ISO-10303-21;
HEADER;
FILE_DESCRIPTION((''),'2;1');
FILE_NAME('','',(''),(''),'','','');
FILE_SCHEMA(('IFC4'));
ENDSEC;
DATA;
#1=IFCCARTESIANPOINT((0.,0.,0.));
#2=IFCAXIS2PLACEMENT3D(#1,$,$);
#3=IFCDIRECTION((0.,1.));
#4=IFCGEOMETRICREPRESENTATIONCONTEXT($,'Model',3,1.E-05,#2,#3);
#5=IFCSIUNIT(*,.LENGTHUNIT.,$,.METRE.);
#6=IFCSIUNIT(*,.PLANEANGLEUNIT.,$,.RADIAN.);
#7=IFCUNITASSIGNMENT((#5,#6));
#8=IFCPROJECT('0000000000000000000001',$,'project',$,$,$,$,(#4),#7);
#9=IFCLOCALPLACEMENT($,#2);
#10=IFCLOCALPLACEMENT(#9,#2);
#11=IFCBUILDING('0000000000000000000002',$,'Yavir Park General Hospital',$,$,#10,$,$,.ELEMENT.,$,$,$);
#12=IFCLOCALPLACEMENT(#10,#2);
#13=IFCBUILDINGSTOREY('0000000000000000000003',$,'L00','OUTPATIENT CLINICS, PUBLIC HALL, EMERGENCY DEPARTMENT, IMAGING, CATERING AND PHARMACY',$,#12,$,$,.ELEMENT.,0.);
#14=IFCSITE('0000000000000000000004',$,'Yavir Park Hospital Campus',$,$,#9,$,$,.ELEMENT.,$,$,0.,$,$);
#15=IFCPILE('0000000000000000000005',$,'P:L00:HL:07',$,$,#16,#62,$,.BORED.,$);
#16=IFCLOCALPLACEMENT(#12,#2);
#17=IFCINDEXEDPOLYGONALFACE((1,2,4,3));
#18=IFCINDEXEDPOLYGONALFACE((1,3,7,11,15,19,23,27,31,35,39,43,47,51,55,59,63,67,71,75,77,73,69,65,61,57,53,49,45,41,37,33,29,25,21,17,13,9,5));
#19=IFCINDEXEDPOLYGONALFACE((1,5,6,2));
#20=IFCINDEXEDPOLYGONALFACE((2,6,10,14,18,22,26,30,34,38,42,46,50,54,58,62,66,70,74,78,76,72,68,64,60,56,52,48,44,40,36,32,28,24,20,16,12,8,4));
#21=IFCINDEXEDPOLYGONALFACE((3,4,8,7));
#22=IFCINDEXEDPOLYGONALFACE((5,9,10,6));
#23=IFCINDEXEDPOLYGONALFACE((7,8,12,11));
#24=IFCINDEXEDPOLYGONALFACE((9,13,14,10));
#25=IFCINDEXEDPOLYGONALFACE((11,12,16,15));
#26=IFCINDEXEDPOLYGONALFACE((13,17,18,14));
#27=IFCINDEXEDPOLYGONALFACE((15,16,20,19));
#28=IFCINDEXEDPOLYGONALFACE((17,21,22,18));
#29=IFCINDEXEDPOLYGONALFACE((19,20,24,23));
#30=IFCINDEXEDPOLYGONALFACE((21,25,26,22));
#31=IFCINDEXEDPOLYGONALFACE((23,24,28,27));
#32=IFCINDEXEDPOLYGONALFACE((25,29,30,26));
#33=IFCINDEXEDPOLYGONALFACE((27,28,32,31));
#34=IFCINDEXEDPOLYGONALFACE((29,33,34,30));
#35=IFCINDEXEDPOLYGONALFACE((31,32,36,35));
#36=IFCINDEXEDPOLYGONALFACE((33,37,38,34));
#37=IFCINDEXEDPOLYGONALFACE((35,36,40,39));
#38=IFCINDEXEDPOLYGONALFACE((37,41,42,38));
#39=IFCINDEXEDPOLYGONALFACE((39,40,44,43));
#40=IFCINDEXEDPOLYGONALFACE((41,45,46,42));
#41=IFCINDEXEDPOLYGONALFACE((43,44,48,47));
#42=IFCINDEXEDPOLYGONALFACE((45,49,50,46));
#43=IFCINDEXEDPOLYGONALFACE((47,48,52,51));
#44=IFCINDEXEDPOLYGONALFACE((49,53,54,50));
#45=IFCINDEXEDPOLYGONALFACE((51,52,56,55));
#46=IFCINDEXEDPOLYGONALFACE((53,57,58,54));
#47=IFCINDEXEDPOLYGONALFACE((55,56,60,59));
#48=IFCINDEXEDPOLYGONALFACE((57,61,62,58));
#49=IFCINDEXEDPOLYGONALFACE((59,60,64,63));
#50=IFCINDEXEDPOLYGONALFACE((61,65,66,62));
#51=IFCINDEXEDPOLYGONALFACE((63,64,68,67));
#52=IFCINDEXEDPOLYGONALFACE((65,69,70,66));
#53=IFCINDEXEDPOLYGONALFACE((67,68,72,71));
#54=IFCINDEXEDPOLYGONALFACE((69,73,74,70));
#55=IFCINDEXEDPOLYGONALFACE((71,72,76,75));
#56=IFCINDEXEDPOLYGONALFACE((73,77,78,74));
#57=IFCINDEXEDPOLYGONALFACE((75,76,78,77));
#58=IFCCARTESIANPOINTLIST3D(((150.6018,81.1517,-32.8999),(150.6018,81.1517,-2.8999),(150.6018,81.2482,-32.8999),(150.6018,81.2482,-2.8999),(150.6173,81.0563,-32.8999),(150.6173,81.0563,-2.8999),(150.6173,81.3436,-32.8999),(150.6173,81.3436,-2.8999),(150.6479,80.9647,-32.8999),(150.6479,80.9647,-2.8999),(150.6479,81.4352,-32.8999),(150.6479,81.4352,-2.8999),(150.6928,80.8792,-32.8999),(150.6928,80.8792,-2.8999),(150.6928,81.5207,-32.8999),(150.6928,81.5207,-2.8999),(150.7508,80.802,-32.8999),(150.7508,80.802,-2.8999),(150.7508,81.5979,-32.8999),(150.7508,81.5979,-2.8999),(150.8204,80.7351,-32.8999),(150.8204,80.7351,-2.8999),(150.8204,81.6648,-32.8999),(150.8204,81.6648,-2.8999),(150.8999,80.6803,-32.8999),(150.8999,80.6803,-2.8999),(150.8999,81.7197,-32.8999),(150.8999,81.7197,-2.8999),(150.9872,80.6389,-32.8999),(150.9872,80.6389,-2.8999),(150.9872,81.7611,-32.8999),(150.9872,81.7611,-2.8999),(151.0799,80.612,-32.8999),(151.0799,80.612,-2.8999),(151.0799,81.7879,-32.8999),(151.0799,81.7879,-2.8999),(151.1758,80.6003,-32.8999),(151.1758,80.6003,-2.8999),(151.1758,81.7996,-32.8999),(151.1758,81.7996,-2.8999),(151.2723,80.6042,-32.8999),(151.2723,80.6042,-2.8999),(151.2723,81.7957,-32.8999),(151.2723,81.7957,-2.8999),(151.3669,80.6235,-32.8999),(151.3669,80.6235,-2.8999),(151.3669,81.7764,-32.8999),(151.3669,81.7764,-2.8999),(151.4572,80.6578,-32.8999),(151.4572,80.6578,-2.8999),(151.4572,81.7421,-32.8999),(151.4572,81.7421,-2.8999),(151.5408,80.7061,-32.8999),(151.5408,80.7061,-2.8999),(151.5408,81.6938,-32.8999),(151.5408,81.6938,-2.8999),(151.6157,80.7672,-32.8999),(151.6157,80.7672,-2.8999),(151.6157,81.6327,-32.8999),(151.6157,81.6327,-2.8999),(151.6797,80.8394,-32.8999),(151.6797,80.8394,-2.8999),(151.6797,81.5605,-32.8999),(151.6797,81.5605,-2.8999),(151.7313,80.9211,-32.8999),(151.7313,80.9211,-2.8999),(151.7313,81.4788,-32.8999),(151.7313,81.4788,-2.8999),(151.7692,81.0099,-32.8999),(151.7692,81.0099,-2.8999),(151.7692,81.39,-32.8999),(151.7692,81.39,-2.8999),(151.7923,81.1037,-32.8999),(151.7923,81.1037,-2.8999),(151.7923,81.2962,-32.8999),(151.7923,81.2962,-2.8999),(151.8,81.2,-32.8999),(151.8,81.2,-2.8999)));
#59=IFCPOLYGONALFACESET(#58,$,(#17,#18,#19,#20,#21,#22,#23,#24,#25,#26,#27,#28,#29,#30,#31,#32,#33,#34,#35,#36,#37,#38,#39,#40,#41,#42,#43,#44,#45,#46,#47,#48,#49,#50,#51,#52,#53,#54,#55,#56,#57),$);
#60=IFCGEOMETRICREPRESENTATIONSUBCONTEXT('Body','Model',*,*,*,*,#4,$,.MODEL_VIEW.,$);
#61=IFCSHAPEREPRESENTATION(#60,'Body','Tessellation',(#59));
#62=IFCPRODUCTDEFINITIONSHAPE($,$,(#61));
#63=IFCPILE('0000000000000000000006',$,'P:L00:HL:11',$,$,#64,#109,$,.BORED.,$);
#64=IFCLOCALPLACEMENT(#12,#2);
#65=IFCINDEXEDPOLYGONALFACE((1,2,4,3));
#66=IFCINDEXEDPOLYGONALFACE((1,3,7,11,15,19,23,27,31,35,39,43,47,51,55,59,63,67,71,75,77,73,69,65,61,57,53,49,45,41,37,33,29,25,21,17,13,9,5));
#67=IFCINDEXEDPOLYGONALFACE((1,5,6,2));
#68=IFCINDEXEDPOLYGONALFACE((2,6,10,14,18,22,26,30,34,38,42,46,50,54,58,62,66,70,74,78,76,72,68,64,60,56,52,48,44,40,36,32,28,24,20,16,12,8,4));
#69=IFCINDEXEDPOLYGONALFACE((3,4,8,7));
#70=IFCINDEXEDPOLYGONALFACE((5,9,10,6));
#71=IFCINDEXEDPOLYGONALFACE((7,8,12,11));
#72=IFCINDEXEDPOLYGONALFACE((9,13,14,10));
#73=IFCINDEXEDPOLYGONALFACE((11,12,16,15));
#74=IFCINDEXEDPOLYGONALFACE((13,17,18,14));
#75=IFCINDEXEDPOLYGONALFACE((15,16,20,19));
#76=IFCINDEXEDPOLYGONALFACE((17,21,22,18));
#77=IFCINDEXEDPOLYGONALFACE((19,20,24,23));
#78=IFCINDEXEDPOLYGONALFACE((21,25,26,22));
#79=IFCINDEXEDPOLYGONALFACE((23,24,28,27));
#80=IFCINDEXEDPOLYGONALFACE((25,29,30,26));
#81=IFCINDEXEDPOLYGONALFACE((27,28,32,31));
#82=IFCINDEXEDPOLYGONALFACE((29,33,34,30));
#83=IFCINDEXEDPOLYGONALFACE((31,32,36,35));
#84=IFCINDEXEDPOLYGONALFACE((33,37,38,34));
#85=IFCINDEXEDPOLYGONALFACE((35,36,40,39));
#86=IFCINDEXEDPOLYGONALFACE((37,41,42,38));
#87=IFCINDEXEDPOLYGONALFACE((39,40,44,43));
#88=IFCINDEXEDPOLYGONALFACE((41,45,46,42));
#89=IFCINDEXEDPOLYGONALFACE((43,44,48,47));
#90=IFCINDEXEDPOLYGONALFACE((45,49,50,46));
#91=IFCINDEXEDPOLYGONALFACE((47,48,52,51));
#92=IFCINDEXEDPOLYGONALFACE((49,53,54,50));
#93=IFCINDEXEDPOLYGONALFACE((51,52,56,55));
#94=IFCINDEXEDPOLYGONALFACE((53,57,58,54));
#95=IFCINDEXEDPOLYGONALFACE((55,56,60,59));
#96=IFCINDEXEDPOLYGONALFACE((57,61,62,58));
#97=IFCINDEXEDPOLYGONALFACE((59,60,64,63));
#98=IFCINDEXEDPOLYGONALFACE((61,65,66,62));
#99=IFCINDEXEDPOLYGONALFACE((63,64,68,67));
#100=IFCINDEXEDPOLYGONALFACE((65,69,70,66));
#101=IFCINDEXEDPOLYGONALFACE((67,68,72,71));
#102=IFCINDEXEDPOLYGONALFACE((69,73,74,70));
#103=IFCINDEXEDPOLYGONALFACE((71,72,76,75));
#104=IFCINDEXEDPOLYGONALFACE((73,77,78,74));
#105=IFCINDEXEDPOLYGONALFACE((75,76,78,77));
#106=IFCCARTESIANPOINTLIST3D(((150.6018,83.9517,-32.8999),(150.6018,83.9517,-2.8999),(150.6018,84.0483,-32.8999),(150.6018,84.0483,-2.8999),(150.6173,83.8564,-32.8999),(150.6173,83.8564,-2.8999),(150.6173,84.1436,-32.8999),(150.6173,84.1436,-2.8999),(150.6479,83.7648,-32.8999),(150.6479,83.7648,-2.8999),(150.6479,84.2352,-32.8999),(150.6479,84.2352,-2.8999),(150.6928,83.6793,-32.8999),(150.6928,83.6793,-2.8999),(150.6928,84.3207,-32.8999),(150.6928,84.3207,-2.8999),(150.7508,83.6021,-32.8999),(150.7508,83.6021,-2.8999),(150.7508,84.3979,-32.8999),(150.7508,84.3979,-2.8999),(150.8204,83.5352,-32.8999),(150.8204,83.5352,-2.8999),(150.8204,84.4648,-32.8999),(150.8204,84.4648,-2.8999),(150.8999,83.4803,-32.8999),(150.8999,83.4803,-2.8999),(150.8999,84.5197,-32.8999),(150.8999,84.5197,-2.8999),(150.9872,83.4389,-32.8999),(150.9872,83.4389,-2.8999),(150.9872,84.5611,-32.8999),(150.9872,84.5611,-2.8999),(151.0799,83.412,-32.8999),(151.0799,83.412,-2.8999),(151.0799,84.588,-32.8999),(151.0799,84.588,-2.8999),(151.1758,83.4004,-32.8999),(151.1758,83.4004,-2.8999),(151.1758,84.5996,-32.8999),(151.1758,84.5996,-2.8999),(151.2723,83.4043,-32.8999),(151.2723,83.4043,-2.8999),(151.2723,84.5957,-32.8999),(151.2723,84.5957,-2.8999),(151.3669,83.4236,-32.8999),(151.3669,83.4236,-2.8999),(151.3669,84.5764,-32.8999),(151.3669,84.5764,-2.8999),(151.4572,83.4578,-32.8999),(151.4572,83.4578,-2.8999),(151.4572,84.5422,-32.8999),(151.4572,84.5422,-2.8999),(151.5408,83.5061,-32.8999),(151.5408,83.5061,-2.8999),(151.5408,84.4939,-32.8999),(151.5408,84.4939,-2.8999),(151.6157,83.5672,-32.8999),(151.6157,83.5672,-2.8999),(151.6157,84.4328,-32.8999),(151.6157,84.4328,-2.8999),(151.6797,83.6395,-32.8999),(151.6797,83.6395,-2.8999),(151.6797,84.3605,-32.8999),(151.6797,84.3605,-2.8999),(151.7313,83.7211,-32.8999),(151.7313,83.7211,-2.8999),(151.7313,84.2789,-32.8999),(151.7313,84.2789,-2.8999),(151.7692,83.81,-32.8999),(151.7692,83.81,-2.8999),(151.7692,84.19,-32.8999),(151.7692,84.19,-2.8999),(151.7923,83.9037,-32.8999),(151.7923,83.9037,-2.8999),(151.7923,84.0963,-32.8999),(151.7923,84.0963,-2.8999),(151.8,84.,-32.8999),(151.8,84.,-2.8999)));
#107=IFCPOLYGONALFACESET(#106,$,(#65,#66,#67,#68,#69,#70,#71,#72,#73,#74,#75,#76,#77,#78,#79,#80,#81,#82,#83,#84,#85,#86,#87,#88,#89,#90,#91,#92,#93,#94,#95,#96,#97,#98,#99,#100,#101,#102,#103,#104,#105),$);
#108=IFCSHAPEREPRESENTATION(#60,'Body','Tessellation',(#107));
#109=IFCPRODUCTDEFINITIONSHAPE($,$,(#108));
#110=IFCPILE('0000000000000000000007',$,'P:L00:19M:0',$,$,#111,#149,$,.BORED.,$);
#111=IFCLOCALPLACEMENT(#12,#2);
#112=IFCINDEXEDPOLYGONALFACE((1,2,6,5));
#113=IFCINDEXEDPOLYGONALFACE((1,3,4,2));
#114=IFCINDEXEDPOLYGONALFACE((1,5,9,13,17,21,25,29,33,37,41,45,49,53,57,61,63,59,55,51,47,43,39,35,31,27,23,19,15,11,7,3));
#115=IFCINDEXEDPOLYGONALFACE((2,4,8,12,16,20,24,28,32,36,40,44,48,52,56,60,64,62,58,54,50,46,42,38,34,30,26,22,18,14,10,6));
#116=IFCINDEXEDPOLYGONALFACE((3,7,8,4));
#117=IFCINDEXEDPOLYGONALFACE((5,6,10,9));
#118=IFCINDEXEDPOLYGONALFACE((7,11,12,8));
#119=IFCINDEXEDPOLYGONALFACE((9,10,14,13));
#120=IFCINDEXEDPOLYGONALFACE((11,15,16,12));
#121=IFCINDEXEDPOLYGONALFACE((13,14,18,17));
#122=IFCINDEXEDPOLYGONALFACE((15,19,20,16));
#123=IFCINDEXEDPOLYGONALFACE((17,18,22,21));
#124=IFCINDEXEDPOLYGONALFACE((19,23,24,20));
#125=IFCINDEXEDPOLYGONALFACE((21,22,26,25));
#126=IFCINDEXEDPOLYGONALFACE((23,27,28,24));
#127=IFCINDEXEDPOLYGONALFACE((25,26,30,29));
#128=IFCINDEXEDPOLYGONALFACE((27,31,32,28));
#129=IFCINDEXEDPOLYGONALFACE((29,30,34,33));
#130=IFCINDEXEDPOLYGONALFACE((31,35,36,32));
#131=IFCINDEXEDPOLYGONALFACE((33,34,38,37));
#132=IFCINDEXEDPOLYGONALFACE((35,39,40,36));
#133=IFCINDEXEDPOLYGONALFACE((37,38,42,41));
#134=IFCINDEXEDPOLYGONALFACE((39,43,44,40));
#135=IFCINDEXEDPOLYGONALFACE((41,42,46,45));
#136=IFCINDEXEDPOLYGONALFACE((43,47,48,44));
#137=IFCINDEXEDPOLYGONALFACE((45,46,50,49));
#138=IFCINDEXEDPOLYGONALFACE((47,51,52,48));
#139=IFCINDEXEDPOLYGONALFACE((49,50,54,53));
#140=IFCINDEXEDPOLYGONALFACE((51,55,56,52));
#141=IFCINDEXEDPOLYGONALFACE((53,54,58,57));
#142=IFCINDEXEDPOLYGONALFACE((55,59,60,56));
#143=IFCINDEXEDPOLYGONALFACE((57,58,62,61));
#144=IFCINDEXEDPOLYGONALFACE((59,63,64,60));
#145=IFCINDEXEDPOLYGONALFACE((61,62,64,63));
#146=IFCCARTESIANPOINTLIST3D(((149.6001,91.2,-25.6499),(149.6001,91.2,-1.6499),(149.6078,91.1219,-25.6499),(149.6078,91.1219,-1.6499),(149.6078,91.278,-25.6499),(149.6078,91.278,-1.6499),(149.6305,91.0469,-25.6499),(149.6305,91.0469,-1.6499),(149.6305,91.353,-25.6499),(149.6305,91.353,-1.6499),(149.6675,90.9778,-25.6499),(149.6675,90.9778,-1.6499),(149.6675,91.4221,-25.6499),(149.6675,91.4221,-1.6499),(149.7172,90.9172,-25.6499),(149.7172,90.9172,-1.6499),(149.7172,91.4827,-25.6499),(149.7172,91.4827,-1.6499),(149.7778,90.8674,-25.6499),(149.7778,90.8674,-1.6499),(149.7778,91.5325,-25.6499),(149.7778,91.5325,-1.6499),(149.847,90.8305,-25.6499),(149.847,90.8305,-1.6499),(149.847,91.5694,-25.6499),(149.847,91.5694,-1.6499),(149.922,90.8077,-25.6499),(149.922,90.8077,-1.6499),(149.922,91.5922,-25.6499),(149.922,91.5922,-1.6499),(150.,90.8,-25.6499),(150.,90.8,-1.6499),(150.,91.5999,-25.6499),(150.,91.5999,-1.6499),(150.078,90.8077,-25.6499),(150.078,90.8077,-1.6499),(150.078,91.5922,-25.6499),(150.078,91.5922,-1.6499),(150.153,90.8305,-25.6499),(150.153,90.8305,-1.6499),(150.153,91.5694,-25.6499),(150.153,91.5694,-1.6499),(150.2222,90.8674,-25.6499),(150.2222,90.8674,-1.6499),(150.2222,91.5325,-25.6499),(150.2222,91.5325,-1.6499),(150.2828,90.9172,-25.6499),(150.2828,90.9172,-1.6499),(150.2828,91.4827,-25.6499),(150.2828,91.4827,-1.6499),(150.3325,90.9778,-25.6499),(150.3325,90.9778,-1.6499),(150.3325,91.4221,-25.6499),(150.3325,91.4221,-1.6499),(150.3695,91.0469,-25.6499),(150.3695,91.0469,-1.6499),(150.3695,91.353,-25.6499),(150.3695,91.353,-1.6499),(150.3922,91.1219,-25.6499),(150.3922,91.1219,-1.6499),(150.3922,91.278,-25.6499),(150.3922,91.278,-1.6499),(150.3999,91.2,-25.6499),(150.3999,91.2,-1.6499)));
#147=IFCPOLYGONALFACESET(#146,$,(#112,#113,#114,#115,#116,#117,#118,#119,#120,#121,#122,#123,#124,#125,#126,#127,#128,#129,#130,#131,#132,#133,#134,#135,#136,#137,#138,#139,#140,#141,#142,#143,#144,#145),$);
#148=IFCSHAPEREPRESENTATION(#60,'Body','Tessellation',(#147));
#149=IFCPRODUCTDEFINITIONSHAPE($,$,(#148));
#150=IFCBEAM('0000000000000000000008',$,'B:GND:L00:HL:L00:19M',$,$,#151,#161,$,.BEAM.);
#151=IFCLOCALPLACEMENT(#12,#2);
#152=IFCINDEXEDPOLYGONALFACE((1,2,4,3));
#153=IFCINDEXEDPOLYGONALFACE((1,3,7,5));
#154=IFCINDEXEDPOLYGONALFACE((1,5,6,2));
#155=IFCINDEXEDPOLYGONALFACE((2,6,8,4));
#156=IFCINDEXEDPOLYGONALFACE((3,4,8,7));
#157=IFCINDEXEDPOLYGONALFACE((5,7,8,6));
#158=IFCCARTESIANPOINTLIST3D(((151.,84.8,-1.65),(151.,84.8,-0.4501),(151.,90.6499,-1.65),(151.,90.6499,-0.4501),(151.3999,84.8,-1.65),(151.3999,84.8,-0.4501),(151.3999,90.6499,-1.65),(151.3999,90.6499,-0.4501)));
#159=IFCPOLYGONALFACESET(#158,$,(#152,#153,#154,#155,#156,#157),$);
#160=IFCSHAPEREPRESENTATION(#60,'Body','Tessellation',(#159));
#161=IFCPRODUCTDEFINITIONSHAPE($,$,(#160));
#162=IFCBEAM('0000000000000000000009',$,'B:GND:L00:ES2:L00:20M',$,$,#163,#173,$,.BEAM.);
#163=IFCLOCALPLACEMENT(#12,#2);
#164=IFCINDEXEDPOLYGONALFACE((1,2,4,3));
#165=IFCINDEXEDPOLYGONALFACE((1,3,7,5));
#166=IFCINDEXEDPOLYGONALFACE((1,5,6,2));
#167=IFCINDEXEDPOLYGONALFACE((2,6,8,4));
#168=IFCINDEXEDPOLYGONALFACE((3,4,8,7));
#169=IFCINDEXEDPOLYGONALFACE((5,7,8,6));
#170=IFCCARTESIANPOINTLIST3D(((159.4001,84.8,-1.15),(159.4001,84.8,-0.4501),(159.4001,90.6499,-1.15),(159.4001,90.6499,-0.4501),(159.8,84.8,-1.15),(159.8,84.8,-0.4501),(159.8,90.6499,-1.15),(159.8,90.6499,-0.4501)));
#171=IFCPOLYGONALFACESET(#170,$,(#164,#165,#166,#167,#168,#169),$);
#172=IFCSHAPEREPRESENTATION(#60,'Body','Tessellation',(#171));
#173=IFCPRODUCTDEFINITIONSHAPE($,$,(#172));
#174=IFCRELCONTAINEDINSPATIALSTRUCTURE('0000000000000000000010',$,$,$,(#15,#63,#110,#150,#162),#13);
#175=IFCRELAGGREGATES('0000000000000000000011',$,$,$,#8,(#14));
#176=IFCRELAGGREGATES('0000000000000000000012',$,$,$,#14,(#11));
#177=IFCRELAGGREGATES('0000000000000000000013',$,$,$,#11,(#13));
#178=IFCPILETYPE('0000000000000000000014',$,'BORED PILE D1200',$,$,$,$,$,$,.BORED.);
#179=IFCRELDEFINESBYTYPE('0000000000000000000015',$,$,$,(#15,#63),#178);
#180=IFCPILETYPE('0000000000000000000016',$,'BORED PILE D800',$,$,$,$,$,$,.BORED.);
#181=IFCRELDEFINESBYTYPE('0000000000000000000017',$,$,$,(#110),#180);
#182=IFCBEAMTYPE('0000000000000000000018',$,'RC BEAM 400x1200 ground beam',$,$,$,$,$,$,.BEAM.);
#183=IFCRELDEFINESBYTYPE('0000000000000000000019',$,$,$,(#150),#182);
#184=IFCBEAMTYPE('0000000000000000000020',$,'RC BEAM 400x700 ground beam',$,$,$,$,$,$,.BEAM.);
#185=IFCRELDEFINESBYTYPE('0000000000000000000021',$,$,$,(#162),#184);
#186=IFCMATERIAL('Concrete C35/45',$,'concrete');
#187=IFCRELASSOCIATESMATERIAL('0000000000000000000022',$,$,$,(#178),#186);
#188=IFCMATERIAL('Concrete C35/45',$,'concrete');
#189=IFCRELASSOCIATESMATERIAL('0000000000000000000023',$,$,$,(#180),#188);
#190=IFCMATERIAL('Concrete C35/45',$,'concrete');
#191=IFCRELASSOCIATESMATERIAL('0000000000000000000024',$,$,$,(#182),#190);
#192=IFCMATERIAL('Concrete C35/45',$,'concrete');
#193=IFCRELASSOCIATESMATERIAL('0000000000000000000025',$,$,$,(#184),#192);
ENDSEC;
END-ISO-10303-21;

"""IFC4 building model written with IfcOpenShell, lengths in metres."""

from ifc_helpers import new_model, si_unit, direction, frame, origin, origin_2d, place, context, subcontext, project, spatial, rectangle, circle, extrude, material, material_profile, profile_set, type_object, element, save


model = new_model("IFC4")

# Units and contexts
model_context = context("Model", 3, precision=1e-05, world=origin(), true_north=direction((0.0, 1.0)))
body_context = subcontext(model_context, "Body", "Model", "MODEL_VIEW")
ifc_project = project(units=[si_unit("LENGTHUNIT", "METRE"), si_unit("PLANEANGLEUNIT", "RADIAN")], contexts=[model_context])

# Site, building, storey
site_placement = place(None, origin())
site = spatial("IfcSite", under=ifc_project, at=site_placement, Name="Yavir Park Hospital Campus", CompositionType="ELEMENT", RefElevation=0.0)
building_placement = place(site_placement, origin())
building = spatial("IfcBuilding", under=site, at=building_placement, Name="Yavir Park General Hospital", CompositionType="ELEMENT")
storey_placement = place(building_placement, origin())
storey = spatial("IfcBuildingStorey", under=building, at=storey_placement, Name="L00", Description="OUTPATIENT CLINICS, PUBLIC HALL, EMERGENCY DEPARTMENT, IMAGING, CATERING AND PHARMACY", CompositionType="ELEMENT", Elevation=0.0)

# Piles
ifc_material_1 = material(Name="Concrete C35/45", Category="concrete")
ifc_material_profile_1 = material_profile(ifc_material_1, circle(Radius=0.6001, at=origin_2d()), Name="D1200")
ifc_profile_set_1 = profile_set([ifc_material_profile_1], Name="Concrete C35/45")
pile_type_1 = type_object("IfcPileType", Name="BORED PILE D1200", PredefinedType="BORED", material=ifc_profile_set_1)
for number, where, z_axis, x_axis, name in (
    (1, (151.2, 81.2, -2.8999), (0.0, 0.0, -1.0), (1.0, 0.0, 0.0), "P:L00:HL:07"),
    (2, (151.2, 84.0, -2.8999), (0.0, 0.0, -1.0), (1.0, 0.0, 0.0), "P:L00:HL:11"),
):
    element("IfcPile", number, at=place(storey_placement, frame(where, z_axis=z_axis, x_axis=x_axis)), inside=storey, type_object=pile_type_1, Name=name, PredefinedType="BORED", context=body_context, shape_type="SweptSolid", body=[
        extrude(circle(Radius=0.6001, at=origin_2d()), origin(), (0.0, 0.0, 1.0), 30.0),
    ])
ifc_material_2 = material(Name="Concrete C35/45", Category="concrete")
ifc_material_profile_2 = material_profile(ifc_material_2, circle(Radius=0.3999, at=origin_2d()), Name="D800")
ifc_profile_set_2 = profile_set([ifc_material_profile_2], Name="Concrete C35/45")
pile_type_2 = type_object("IfcPileType", Name="BORED PILE D800", PredefinedType="BORED", material=ifc_profile_set_2)
pile_placement = place(storey_placement, frame((150.0, 91.2, -1.6499), z_axis=(0.0, 0.0, -1.0), x_axis=(1.0, 0.0, 0.0)))
element("IfcPile", 3, at=pile_placement, inside=storey, type_object=pile_type_2, Name="P:L00:19M:0", PredefinedType="BORED", context=body_context, shape_type="SweptSolid", body=[
    extrude(circle(Radius=0.3999, at=origin_2d()), origin(), (0.0, 0.0, 1.0), 24.0),
])

# Beams
ifc_material_3 = material(Name="Concrete C35/45", Category="concrete")
ifc_material_profile_3 = material_profile(ifc_material_3, rectangle(XDim=0.3999, YDim=1.2, at=origin_2d()), Name="RC400x1200")
ifc_profile_set_3 = profile_set([ifc_material_profile_3], Name="Concrete C35/45")
beam_type_1 = type_object("IfcBeamType", Name="RC BEAM 400x1200 ground beam", PredefinedType="BEAM", material=ifc_profile_set_3)
beam_1_placement = place(storey_placement, frame((151.2, 84.8, -1.05), z_axis=(0.0, 1.0, 0.0), x_axis=(-1.0, 0.0, 0.0)))
element("IfcBeam", 4, at=beam_1_placement, inside=storey, type_object=beam_type_1, Name="B:GND:L00:HL:L00:19M", PredefinedType="BEAM", context=body_context, shape_type="SweptSolid", body=[
    extrude(rectangle(XDim=0.3999, YDim=1.2, at=origin_2d()), origin(), (0.0, 0.0, 1.0), 5.8499),
])
ifc_material_4 = material(Name="Concrete C35/45", Category="concrete")
ifc_material_profile_4 = material_profile(ifc_material_4, rectangle(XDim=0.3999, YDim=0.7, at=origin_2d()), Name="RC400x700")
ifc_profile_set_4 = profile_set([ifc_material_profile_4], Name="Concrete C35/45")
beam_type_2 = type_object("IfcBeamType", Name="RC BEAM 400x700 ground beam", PredefinedType="BEAM", material=ifc_profile_set_4)
beam_2_placement = place(storey_placement, frame((159.6001, 84.8, -0.8), z_axis=(0.0, 1.0, 0.0), x_axis=(-1.0, 0.0, 0.0)))
element("IfcBeam", 5, at=beam_2_placement, inside=storey, type_object=beam_type_2, Name="B:GND:L00:ES2:L00:20M", PredefinedType="BEAM", context=body_context, shape_type="SweptSolid", body=[
    extrude(rectangle(XDim=0.3999, YDim=0.7, at=origin_2d()), origin(), (0.0, 0.0, 1.0), 5.8499),
])

save(model, "model.ifc")
